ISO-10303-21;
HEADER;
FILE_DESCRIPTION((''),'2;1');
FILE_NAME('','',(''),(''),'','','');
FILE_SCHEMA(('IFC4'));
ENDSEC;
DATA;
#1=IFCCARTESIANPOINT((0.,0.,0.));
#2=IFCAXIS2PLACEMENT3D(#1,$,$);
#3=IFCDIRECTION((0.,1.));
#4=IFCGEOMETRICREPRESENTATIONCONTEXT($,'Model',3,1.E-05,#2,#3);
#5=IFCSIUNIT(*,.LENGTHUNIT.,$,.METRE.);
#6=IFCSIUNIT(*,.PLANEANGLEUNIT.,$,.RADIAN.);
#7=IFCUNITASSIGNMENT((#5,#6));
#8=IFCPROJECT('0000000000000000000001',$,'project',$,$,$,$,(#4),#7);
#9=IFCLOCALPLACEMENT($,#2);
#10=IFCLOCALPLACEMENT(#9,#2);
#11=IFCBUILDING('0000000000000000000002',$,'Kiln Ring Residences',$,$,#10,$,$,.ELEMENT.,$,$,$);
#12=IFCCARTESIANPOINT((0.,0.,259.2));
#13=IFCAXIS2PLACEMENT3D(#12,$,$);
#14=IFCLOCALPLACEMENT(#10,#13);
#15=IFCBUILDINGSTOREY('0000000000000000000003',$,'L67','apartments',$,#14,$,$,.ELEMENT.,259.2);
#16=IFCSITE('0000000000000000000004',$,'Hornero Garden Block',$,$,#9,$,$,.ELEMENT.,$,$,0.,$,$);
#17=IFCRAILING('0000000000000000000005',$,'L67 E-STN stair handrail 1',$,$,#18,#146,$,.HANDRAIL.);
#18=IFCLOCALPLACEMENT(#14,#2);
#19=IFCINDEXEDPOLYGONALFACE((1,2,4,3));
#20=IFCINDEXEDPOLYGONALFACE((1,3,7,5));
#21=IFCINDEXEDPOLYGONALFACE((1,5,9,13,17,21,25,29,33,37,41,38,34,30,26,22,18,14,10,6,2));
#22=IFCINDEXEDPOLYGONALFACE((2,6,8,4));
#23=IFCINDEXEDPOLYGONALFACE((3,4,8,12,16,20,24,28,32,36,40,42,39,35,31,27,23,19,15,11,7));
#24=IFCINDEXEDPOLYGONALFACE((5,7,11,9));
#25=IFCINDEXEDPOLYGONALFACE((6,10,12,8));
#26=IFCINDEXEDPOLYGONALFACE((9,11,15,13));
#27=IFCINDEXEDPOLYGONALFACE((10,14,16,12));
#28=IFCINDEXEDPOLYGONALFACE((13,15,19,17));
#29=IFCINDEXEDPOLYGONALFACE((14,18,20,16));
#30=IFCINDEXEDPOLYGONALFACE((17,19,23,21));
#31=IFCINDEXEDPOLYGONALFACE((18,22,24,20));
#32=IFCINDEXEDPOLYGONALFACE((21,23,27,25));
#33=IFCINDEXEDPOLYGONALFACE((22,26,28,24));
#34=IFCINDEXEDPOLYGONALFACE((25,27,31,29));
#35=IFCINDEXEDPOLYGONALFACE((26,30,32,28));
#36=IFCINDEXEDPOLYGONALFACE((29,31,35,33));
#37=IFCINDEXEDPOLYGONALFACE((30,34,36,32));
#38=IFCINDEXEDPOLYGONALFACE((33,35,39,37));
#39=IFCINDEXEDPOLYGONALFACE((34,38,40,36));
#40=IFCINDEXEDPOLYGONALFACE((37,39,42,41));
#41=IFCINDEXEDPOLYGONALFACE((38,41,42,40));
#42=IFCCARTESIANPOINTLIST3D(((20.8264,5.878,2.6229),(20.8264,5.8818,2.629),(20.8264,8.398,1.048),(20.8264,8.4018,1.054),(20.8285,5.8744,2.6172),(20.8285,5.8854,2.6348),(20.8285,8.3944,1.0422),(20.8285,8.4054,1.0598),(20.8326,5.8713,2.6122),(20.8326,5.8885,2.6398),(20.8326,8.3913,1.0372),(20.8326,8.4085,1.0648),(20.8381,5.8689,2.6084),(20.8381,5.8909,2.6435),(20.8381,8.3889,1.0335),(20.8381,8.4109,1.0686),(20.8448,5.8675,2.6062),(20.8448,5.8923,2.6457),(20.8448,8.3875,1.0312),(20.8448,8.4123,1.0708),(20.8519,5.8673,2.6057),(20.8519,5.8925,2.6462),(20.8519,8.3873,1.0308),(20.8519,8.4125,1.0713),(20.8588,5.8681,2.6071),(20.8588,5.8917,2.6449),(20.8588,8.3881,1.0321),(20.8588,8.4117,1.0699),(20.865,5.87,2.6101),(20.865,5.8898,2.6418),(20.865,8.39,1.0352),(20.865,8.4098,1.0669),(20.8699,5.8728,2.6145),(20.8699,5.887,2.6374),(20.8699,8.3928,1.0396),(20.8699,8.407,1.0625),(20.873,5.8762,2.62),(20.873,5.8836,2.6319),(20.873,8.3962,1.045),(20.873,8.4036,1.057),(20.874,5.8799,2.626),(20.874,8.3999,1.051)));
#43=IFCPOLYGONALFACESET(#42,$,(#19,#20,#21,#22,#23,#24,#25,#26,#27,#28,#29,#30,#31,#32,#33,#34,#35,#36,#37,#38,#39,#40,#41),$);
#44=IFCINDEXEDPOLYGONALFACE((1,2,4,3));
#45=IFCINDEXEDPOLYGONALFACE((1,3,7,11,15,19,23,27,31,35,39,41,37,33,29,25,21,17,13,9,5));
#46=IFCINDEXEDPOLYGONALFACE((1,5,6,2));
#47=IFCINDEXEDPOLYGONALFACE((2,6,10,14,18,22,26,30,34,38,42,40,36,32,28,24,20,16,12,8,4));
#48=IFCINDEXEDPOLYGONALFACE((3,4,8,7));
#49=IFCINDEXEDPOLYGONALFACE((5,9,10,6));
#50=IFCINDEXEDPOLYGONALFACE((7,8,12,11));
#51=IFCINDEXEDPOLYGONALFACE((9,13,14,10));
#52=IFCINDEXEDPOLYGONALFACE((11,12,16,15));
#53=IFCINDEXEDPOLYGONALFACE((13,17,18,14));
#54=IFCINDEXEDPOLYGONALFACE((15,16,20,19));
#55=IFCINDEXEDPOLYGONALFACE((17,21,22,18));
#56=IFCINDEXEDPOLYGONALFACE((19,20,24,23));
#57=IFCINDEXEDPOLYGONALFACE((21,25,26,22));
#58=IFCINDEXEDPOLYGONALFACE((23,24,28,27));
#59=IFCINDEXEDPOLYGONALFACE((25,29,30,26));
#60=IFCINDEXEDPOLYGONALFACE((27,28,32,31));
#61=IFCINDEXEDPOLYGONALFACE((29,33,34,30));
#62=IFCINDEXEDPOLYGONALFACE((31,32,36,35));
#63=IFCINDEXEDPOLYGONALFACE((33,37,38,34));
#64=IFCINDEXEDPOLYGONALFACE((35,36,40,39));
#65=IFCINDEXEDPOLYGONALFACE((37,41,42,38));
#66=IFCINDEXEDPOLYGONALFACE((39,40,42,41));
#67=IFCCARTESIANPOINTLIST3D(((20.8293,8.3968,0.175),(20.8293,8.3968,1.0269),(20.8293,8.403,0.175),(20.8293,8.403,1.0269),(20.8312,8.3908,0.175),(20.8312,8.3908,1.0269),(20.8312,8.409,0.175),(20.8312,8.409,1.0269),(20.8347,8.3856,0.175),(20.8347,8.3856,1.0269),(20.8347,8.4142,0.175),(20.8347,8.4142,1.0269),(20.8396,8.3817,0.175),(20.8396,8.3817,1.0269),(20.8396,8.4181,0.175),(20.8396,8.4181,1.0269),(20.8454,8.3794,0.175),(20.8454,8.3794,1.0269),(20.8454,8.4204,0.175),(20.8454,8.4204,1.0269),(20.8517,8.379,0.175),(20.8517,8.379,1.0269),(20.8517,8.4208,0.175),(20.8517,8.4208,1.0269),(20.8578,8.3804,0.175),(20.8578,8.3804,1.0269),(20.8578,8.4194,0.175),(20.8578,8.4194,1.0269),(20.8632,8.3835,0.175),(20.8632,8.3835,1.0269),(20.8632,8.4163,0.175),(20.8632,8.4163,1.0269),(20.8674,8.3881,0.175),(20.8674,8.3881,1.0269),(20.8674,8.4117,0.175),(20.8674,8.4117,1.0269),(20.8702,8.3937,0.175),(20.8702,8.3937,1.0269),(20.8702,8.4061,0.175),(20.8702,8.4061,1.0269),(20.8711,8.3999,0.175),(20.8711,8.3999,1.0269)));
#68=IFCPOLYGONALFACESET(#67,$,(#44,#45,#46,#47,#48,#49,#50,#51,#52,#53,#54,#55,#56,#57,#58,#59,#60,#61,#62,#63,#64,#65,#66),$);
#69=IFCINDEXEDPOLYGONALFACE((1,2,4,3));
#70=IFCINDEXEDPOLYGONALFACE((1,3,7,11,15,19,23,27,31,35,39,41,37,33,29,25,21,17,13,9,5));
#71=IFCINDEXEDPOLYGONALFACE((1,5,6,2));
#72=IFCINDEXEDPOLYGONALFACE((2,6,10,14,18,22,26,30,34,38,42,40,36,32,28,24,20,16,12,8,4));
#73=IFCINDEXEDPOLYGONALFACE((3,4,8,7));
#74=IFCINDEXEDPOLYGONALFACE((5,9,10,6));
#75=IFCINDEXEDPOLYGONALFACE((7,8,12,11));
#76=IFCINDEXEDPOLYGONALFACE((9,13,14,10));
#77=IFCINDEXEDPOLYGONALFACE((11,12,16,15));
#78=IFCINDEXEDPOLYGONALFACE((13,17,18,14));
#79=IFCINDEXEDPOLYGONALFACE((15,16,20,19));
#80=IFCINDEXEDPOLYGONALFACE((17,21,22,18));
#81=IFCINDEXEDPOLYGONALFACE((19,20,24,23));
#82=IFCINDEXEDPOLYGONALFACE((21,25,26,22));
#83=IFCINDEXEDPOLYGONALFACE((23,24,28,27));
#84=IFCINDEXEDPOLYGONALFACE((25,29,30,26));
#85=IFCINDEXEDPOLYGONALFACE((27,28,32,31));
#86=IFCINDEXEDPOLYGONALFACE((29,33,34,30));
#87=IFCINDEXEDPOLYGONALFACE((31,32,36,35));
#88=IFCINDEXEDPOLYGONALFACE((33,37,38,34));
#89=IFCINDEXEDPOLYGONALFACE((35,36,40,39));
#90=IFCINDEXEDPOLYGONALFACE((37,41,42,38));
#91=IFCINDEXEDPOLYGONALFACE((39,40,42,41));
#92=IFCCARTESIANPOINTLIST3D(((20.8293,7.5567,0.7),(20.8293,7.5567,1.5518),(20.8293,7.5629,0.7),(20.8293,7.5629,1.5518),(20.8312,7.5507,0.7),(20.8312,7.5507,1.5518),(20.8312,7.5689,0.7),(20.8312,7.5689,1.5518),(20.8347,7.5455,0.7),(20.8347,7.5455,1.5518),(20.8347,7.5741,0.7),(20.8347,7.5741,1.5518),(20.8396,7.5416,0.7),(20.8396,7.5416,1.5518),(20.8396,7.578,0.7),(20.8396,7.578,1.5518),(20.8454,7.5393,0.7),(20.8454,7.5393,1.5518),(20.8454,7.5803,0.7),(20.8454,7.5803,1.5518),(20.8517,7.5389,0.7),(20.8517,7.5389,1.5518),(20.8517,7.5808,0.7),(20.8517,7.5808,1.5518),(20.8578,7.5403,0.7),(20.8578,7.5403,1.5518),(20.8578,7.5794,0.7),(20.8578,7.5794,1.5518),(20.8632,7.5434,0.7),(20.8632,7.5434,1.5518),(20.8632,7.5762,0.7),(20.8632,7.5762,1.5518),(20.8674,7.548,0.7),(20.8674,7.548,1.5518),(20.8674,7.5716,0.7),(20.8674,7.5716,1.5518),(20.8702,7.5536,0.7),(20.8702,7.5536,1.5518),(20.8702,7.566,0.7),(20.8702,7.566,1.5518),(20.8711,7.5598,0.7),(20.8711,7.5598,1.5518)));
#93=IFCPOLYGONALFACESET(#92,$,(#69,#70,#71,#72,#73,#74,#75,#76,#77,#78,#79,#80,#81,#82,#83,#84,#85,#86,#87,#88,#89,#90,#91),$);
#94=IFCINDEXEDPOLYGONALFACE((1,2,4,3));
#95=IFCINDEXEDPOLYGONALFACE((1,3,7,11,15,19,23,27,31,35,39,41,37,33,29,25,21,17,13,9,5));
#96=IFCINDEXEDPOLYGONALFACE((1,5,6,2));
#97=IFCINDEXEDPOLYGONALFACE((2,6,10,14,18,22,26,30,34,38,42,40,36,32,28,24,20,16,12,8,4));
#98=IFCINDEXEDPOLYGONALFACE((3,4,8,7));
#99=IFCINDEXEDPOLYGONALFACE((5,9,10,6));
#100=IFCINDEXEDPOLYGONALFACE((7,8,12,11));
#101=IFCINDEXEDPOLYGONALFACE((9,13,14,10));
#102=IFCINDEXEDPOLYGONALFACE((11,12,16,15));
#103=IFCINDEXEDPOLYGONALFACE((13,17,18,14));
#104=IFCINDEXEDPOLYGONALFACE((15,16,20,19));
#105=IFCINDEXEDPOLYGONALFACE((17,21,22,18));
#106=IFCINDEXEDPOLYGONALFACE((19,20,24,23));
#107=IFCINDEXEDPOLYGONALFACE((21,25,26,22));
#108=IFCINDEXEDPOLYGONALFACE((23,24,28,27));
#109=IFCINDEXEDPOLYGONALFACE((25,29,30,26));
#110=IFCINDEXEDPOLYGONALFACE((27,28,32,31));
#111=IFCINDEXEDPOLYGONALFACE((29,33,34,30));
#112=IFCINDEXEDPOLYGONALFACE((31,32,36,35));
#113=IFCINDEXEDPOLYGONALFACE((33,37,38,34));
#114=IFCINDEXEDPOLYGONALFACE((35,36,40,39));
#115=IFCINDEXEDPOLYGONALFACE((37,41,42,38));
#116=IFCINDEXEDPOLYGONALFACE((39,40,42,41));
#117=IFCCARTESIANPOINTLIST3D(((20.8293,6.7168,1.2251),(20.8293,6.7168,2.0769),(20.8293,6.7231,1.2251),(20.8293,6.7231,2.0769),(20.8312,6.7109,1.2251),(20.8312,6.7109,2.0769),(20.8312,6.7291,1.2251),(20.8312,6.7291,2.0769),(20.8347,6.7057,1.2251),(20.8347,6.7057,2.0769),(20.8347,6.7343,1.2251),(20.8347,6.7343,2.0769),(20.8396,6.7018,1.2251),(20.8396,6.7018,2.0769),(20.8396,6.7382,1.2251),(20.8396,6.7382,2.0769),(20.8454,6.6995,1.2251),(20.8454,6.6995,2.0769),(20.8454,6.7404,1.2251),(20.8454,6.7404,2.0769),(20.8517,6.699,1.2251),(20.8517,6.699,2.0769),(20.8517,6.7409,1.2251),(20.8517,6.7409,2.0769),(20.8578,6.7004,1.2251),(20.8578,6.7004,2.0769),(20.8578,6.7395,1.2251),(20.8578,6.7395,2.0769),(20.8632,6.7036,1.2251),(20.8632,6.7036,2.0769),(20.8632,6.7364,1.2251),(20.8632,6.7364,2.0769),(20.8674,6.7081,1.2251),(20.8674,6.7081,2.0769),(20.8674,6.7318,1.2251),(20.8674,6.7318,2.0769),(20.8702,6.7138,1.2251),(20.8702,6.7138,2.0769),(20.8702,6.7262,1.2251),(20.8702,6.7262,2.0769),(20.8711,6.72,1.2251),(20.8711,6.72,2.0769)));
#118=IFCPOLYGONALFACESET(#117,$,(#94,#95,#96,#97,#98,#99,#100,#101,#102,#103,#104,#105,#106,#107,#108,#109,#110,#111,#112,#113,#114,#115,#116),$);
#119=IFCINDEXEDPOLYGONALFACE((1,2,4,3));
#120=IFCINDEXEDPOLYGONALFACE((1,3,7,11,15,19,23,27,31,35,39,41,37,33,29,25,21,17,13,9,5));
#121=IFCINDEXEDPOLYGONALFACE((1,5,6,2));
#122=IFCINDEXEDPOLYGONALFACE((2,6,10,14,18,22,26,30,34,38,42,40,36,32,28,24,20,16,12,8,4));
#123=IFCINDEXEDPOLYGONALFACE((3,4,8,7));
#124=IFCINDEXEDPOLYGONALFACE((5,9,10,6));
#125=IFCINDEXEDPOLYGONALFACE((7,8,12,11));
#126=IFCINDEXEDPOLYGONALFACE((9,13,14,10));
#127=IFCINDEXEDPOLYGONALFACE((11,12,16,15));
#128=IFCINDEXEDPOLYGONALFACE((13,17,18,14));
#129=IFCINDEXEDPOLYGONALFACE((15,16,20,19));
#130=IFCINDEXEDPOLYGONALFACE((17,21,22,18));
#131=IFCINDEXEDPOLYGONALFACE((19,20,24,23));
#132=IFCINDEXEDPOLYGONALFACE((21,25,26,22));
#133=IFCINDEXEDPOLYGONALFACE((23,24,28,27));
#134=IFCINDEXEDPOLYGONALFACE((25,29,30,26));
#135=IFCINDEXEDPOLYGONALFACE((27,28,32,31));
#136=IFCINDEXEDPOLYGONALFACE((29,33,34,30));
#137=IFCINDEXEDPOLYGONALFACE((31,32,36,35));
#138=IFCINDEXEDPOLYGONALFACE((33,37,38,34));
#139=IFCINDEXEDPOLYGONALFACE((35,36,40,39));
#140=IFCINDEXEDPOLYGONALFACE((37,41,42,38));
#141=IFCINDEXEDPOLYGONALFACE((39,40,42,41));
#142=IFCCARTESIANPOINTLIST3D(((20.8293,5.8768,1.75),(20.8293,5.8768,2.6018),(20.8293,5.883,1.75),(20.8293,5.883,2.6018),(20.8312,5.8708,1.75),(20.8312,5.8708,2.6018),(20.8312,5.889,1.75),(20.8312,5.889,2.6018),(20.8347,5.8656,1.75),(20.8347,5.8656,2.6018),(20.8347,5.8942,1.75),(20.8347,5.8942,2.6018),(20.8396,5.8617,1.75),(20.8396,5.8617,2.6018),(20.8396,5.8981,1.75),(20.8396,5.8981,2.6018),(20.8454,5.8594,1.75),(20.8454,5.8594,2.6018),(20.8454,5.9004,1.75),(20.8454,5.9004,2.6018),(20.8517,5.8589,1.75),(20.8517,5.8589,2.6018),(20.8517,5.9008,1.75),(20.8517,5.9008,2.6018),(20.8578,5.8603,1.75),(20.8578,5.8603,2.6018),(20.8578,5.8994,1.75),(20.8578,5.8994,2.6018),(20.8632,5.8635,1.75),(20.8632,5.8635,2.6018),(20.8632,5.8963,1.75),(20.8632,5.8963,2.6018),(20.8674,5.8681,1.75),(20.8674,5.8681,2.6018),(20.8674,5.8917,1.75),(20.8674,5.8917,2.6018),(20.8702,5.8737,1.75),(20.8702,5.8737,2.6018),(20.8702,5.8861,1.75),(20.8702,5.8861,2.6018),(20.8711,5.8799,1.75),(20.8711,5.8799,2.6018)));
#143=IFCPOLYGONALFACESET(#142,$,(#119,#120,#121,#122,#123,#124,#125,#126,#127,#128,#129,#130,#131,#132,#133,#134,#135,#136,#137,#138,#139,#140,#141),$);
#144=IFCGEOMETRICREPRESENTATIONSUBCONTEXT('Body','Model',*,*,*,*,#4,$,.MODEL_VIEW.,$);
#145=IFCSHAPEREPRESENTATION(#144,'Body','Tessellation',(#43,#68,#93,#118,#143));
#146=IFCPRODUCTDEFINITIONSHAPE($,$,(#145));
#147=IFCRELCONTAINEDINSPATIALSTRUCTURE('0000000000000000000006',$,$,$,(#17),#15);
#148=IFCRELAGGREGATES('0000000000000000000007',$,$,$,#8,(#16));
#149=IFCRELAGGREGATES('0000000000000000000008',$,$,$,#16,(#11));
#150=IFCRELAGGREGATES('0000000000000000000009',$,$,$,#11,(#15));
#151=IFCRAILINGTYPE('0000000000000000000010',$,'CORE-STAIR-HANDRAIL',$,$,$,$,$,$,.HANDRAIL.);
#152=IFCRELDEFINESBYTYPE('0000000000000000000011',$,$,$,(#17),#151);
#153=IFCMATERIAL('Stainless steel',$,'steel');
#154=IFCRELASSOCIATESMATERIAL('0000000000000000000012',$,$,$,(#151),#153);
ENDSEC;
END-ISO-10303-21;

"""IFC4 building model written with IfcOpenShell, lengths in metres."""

from ifc_helpers import new_model, si_unit, direction, frame, origin, origin_2d, place, context, subcontext, project, spatial, circle, extrude, material, type_object, element, save


model = new_model("IFC4")

# Units and contexts
model_context = context("Model", 3, precision=1e-05, world=origin(), true_north=direction((0.0, 1.0)))
body_context = subcontext(model_context, "Body", "Model", "MODEL_VIEW")
ifc_project = project(units=[si_unit("LENGTHUNIT", "METRE"), si_unit("PLANEANGLEUNIT", "RADIAN")], contexts=[model_context])

# Site, building, storey
site_placement = place(None, origin())
site = spatial("IfcSite", under=ifc_project, at=site_placement, Name="Hornero Garden Block", CompositionType="ELEMENT", RefElevation=0.0)
building_placement = place(site_placement, origin())
building = spatial("IfcBuilding", under=site, at=building_placement, Name="Kiln Ring Residences", CompositionType="ELEMENT")
storey_placement = place(building_placement, frame((0.0, 0.0, 259.2)))
storey = spatial("IfcBuildingStorey", under=building, at=storey_placement, Name="L67", Description="apartments", CompositionType="ELEMENT", Elevation=259.2)

# Railing
ifc_material_1 = material(Name="Stainless steel", Category="steel")
railing_type_1 = type_object("IfcRailingType", Name="CORE-STAIR-HANDRAIL", PredefinedType="HANDRAIL", material=ifc_material_1)
railing_1_placement = place(storey_placement, frame((20.8501, 8.3999, 0.175)))
element("IfcRailing", 1, at=railing_1_placement, inside=storey, type_object=railing_type_1, Name="L67 E-STN stair handrail 1", PredefinedType="HANDRAIL", context=body_context, shape_type="SweptSolid", body=[
    extrude(circle(Radius=0.0239, at=origin_2d()), frame((0.0, 0.0, 0.876), z_axis=(0.0, -0.848008, 0.529984), x_axis=(1.0, 0.0, 0.0)), (0.0, 0.0, 1.0), 2.9717),
    extrude(circle(Radius=0.021, at=origin_2d()), origin(), (0.0, 0.0, 1.0), 0.8518),
    extrude(circle(Radius=0.021, at=origin_2d()), frame((0.0, -0.8401, 0.5249)), (0.0, 0.0, 1.0), 0.8518),
    extrude(circle(Radius=0.021, at=origin_2d()), frame((0.0, -1.6799, 1.05)), (0.0, 0.0, 1.0), 0.8518),
    extrude(circle(Radius=0.021, at=origin_2d()), frame((0.0, -2.52, 1.575)), (0.0, 0.0, 1.0), 0.8518),
])

save(model, "model.ifc")
